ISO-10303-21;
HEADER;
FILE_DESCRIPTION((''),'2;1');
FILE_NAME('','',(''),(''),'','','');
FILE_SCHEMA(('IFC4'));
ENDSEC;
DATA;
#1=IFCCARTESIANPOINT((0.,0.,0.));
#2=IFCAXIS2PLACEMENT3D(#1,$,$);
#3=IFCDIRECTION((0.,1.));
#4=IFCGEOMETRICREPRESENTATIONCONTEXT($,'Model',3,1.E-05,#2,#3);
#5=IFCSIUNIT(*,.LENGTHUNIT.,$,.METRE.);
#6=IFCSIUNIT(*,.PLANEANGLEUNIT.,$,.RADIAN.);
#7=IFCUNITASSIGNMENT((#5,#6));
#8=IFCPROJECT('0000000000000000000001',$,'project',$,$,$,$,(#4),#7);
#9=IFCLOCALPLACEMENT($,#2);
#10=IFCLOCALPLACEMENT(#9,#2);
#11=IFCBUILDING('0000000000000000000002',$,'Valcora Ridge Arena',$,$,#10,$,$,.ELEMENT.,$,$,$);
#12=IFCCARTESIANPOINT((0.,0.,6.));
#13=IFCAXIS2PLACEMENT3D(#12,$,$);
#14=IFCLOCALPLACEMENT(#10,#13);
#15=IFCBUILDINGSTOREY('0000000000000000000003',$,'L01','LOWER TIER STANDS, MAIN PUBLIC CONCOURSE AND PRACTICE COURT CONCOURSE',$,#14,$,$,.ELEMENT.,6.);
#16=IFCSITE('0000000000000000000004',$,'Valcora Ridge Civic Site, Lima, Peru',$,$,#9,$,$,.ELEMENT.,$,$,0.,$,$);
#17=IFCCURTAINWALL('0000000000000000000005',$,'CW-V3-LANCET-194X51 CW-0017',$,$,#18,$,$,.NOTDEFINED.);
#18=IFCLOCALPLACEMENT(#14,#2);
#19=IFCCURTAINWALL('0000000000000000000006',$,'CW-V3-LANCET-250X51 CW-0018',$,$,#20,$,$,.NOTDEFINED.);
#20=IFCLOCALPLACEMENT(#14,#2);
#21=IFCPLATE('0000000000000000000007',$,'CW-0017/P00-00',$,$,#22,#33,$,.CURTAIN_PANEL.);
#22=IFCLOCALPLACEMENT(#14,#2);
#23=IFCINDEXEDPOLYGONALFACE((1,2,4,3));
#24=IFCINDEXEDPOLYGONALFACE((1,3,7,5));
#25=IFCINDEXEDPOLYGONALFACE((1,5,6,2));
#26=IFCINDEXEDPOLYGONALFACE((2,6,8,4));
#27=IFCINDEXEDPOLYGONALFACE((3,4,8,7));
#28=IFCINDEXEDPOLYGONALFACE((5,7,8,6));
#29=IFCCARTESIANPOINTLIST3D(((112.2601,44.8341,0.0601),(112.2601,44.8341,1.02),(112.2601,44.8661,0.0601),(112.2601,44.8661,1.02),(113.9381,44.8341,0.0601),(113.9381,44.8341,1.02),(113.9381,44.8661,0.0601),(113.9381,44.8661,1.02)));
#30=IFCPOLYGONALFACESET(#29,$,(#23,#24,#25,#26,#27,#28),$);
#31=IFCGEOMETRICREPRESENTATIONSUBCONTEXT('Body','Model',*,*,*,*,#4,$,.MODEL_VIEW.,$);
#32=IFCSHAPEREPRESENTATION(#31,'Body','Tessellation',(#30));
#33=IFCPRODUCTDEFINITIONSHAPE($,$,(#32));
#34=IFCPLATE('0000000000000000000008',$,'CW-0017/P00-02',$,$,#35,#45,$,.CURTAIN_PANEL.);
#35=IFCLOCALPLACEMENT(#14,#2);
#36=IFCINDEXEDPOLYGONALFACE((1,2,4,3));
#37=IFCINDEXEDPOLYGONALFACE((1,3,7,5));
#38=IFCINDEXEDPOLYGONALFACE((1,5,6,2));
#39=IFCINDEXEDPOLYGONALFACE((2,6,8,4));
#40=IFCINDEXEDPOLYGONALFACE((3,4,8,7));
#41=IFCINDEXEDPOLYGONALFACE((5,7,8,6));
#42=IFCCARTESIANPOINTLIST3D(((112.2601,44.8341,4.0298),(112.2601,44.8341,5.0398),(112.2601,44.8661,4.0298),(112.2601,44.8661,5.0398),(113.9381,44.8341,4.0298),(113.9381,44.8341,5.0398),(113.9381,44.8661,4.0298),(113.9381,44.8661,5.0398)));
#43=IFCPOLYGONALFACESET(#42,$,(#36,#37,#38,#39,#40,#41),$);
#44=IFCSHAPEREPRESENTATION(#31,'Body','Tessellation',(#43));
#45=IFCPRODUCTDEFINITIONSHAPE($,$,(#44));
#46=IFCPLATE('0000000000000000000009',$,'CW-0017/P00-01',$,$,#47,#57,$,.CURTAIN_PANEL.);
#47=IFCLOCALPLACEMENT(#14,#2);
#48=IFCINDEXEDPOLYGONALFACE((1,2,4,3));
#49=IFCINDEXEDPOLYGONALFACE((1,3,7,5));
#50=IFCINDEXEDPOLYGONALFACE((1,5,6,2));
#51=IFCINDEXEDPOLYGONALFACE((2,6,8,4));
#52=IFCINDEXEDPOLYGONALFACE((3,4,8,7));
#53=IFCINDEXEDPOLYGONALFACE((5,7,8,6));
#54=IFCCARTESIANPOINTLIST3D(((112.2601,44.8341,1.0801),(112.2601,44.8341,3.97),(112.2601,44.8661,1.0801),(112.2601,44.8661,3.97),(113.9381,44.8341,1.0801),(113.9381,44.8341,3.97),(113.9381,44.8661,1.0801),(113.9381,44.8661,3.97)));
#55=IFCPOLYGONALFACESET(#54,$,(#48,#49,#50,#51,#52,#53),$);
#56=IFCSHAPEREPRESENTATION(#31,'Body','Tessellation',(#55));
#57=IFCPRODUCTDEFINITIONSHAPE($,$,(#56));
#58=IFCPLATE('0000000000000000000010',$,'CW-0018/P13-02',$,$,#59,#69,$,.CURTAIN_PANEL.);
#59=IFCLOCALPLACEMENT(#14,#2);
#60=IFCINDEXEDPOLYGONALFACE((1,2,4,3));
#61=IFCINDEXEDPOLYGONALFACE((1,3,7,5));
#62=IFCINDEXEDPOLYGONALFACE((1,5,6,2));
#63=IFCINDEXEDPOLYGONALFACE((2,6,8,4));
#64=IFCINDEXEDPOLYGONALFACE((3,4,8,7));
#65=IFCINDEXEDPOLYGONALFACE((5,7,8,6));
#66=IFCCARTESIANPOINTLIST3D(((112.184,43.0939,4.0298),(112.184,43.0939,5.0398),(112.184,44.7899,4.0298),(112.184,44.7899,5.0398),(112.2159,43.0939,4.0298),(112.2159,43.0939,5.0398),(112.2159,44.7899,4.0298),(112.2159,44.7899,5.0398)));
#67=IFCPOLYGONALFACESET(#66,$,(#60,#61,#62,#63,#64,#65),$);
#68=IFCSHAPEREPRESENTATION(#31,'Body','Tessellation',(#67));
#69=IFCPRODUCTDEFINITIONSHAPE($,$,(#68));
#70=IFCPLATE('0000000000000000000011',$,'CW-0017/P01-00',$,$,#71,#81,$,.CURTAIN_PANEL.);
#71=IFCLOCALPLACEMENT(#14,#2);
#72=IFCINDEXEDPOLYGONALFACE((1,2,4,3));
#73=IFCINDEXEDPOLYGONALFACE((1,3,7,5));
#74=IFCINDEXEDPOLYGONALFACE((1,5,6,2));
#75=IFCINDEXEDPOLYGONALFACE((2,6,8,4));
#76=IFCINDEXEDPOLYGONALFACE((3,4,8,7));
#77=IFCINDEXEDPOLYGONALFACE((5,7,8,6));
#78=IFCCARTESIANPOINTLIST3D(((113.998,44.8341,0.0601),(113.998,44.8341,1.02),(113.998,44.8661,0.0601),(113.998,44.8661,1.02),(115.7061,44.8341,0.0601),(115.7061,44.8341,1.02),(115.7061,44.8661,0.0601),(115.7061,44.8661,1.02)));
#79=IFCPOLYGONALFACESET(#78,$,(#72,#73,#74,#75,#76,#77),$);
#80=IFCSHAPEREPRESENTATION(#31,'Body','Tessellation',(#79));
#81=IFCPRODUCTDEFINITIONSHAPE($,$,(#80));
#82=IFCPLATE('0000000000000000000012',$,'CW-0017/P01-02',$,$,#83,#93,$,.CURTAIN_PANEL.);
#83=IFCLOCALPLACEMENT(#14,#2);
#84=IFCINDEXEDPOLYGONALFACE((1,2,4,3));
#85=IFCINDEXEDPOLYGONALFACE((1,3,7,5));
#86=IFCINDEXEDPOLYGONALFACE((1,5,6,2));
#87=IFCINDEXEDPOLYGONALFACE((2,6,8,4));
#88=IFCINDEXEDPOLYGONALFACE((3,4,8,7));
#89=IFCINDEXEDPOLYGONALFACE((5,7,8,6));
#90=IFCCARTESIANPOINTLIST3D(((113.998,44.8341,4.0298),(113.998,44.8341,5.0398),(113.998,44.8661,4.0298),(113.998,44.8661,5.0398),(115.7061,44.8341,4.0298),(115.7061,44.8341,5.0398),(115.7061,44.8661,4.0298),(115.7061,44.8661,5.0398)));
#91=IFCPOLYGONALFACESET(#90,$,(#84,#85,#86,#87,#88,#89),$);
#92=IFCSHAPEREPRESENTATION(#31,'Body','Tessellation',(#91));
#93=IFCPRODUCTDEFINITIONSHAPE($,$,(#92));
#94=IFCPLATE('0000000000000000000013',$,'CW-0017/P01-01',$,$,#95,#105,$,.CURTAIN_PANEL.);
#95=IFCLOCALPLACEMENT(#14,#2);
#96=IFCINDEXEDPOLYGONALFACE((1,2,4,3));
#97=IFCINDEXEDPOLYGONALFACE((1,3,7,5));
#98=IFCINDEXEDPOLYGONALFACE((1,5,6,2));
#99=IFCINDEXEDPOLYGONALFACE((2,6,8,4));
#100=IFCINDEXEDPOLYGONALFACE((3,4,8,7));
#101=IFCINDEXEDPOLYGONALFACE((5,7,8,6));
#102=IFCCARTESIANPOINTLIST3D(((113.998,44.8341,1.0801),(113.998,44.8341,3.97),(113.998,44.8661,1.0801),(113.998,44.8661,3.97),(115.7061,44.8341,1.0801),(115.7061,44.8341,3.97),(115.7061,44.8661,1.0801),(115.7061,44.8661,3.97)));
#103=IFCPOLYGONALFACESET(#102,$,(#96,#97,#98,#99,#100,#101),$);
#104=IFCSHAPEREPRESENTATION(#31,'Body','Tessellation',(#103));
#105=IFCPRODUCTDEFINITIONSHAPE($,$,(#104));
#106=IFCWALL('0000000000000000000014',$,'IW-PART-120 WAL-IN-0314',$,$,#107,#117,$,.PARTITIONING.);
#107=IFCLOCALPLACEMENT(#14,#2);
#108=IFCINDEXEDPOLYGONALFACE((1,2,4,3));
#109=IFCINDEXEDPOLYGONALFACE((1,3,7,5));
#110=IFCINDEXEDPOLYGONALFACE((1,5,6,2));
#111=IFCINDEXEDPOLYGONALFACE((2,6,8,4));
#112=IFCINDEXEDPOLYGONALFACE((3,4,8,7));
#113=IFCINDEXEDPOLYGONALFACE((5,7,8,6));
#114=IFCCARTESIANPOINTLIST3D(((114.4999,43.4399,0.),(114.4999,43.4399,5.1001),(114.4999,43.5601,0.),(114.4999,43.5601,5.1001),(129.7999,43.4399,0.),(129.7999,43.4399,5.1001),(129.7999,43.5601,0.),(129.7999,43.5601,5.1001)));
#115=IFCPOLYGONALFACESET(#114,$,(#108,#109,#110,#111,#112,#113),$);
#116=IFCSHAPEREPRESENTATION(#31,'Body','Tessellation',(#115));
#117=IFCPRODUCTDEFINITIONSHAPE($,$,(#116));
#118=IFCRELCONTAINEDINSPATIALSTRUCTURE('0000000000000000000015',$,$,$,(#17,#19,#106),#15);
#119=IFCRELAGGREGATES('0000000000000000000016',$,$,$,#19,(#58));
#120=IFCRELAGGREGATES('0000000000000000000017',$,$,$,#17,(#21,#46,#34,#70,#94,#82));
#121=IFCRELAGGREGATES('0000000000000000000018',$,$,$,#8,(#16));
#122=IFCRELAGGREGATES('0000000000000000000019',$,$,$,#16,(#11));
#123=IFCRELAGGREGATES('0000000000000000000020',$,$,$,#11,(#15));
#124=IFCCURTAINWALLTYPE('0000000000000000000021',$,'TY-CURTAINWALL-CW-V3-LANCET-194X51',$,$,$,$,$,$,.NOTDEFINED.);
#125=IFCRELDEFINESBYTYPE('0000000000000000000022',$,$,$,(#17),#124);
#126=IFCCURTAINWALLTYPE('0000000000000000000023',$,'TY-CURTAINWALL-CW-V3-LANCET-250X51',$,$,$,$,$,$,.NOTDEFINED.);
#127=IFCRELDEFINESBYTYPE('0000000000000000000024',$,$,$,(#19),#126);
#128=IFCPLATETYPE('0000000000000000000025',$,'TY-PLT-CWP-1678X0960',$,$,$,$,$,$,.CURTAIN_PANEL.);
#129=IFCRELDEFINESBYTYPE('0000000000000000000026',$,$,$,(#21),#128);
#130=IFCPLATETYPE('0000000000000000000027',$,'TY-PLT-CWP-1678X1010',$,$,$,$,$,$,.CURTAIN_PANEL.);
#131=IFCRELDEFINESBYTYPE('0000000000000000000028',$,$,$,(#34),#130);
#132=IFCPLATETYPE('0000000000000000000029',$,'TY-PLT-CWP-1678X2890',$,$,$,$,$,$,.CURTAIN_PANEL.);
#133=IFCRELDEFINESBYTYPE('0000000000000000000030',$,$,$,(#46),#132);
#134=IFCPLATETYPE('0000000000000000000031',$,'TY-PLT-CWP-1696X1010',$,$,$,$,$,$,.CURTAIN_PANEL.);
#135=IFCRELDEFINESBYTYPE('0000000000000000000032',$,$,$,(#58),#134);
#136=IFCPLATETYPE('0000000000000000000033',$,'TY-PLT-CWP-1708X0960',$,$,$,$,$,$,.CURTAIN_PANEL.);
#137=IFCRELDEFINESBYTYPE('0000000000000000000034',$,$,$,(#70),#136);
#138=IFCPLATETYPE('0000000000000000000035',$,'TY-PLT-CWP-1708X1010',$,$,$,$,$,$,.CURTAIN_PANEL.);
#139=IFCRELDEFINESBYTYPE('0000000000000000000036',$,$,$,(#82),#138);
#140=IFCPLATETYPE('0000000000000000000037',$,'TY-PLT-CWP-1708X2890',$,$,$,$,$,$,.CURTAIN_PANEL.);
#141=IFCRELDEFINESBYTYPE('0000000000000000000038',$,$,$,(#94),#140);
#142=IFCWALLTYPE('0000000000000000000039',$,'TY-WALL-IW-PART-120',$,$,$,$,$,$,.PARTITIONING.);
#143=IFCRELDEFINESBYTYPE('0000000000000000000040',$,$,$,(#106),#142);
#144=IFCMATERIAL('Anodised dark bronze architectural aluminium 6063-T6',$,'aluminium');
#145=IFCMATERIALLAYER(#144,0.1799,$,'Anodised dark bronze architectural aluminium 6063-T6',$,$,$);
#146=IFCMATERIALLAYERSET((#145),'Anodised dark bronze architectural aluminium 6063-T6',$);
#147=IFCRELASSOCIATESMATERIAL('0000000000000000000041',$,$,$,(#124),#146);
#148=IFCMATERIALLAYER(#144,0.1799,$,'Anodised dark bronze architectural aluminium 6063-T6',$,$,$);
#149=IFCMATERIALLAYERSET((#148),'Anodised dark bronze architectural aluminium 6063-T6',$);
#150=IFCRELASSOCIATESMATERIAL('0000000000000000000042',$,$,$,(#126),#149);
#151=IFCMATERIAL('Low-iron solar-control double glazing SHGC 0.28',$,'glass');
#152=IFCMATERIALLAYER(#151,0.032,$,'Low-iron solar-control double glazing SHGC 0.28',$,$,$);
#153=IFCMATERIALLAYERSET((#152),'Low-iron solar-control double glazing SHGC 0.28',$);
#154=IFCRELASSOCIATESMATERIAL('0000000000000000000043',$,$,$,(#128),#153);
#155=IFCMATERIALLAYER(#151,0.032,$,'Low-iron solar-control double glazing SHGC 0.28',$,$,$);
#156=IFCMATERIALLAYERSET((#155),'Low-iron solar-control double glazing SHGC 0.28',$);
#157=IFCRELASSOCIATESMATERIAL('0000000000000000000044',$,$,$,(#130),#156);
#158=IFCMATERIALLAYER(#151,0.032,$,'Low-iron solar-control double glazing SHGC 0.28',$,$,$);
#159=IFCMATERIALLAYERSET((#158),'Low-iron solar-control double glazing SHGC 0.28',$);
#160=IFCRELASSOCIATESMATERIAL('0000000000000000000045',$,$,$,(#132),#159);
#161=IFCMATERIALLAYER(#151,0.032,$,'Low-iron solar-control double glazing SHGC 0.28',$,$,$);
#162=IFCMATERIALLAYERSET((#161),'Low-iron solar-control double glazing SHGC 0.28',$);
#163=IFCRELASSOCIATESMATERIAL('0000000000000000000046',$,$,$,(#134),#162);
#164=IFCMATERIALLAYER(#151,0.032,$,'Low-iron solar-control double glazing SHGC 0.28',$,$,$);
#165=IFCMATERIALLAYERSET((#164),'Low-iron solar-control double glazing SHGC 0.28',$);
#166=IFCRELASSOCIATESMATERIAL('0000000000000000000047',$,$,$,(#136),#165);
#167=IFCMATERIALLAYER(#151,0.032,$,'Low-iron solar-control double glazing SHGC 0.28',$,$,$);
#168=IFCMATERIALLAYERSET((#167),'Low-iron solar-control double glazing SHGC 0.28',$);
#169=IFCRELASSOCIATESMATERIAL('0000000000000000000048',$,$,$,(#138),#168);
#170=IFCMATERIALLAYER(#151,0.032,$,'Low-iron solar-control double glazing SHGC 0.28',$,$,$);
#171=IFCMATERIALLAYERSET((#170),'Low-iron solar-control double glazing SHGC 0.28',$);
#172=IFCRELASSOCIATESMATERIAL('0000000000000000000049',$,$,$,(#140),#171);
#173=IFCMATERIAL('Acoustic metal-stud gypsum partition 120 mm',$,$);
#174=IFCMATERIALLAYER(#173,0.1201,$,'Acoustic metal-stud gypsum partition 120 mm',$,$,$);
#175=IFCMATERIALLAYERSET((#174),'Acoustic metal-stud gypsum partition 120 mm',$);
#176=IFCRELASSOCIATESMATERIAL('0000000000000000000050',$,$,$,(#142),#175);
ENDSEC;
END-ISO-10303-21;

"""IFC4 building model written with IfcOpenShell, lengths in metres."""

from ifc_helpers import new_model, si_unit, direction, frame, frame_2d, origin, origin_2d, place, context, subcontext, project, spatial, rectangle, extrude, material, layer, layer_set, type_object, element, aggregate, save


model = new_model("IFC4")

# Units and contexts
model_context = context("Model", 3, precision=1e-05, world=origin(), true_north=direction((0.0, 1.0)))
body_context = subcontext(model_context, "Body", "Model", "MODEL_VIEW")
ifc_project = project(units=[si_unit("LENGTHUNIT", "METRE"), si_unit("PLANEANGLEUNIT", "RADIAN")], contexts=[model_context])

# Site, building, storey
site_placement = place(None, origin())
site = spatial("IfcSite", under=ifc_project, at=site_placement, Name="Valcora Ridge Civic Site, Lima, Peru", CompositionType="ELEMENT", RefElevation=0.0)
building_placement = place(site_placement, origin())
building = spatial("IfcBuilding", under=site, at=building_placement, Name="Valcora Ridge Arena", CompositionType="ELEMENT")
storey_placement = place(building_placement, frame((0.0, 0.0, 6.0)))
storey = spatial("IfcBuildingStorey", under=building, at=storey_placement, Name="L01", Description="LOWER TIER STANDS, MAIN PUBLIC CONCOURSE AND PRACTICE COURT CONCOURSE", CompositionType="ELEMENT", Elevation=6.0)

# Curtain wall
ifc_material_1 = material(Name="Anodised dark bronze architectural aluminium 6063-T6", Category="aluminium")
ifc_layer_1 = layer(ifc_material_1, 0.1799, Name="Anodised dark bronze architectural aluminium 6063-T6")
ifc_layer_set_1 = layer_set([ifc_layer_1], Name="Anodised dark bronze architectural aluminium 6063-T6")
curtain_wall_type_1 = type_object("IfcCurtainWallType", Name="TY-CURTAINWALL-CW-V3-LANCET-194X51", PredefinedType="NOTDEFINED", material=ifc_layer_set_1)
curtain_wall_1_placement = place(storey_placement, origin())
curtain_wall_1 = element("IfcCurtainWall", 1, at=curtain_wall_1_placement, inside=storey, type_object=curtain_wall_type_1, Name="CW-V3-LANCET-194X51 CW-0017", PredefinedType="NOTDEFINED")

# Curtain wall
ifc_layer_2 = layer(ifc_material_1, 0.1799, Name="Anodised dark bronze architectural aluminium 6063-T6")
ifc_layer_set_2 = layer_set([ifc_layer_2], Name="Anodised dark bronze architectural aluminium 6063-T6")
curtain_wall_type_2 = type_object("IfcCurtainWallType", Name="TY-CURTAINWALL-CW-V3-LANCET-250X51", PredefinedType="NOTDEFINED", material=ifc_layer_set_2)
curtain_wall_2_placement = place(storey_placement, origin())
curtain_wall_2 = element("IfcCurtainWall", 2, at=curtain_wall_2_placement, inside=storey, type_object=curtain_wall_type_2, Name="CW-V3-LANCET-250X51 CW-0018", PredefinedType="NOTDEFINED")

# Plates
ifc_material_2 = material(Name="Low-iron solar-control double glazing SHGC 0.28", Category="glass")
ifc_layer_3 = layer(ifc_material_2, 0.032, Name="Low-iron solar-control double glazing SHGC 0.28")
ifc_layer_set_3 = layer_set([ifc_layer_3], Name="Low-iron solar-control double glazing SHGC 0.28")
plate_type_1 = type_object("IfcPlateType", Name="TY-PLT-CWP-1678X0960", PredefinedType="CURTAIN_PANEL", material=ifc_layer_set_3)
plate_1_placement = place(storey_placement, frame((113.0991, 44.8501, 0.0601), z_axis=(0.0, 0.0, 1.0), x_axis=(1.0, 0.0, 0.0)))
plate_1 = element("IfcPlate", 3, at=plate_1_placement, type_object=plate_type_1, Name="CW-0017/P00-00", PredefinedType="CURTAIN_PANEL", context=body_context, shape_type="SweptSolid", body=[
    extrude(rectangle(XDim=1.678, YDim=0.032, at=origin_2d()), origin(), (0.0, 0.0, 1.0), 0.96),
])
ifc_layer_4 = layer(ifc_material_2, 0.032, Name="Low-iron solar-control double glazing SHGC 0.28")
ifc_layer_set_4 = layer_set([ifc_layer_4], Name="Low-iron solar-control double glazing SHGC 0.28")
plate_type_2 = type_object("IfcPlateType", Name="TY-PLT-CWP-1678X1010", PredefinedType="CURTAIN_PANEL", material=ifc_layer_set_4)
plate_2_placement = place(storey_placement, frame((113.0991, 44.8501, 4.0298), z_axis=(0.0, 0.0, 1.0), x_axis=(1.0, 0.0, 0.0)))
plate_2 = element("IfcPlate", 4, at=plate_2_placement, type_object=plate_type_2, Name="CW-0017/P00-02", PredefinedType="CURTAIN_PANEL", context=body_context, shape_type="SweptSolid", body=[
    extrude(rectangle(XDim=1.678, YDim=0.032, at=origin_2d()), origin(), (0.0, 0.0, 1.0), 1.01),
])
ifc_layer_5 = layer(ifc_material_2, 0.032, Name="Low-iron solar-control double glazing SHGC 0.28")
ifc_layer_set_5 = layer_set([ifc_layer_5], Name="Low-iron solar-control double glazing SHGC 0.28")
plate_type_3 = type_object("IfcPlateType", Name="TY-PLT-CWP-1678X2890", PredefinedType="CURTAIN_PANEL", material=ifc_layer_set_5)
plate_3_placement = place(storey_placement, frame((113.0991, 44.8501, 1.0801), z_axis=(0.0, 0.0, 1.0), x_axis=(1.0, 0.0, 0.0)))
plate_3 = element("IfcPlate", 5, at=plate_3_placement, type_object=plate_type_3, Name="CW-0017/P00-01", PredefinedType="CURTAIN_PANEL", context=body_context, shape_type="SweptSolid", body=[
    extrude(rectangle(XDim=1.678, YDim=0.032, at=origin_2d()), origin(), (0.0, 0.0, 1.0), 2.8899),
])
ifc_layer_6 = layer(ifc_material_2, 0.032, Name="Low-iron solar-control double glazing SHGC 0.28")
ifc_layer_set_6 = layer_set([ifc_layer_6], Name="Low-iron solar-control double glazing SHGC 0.28")
plate_type_4 = type_object("IfcPlateType", Name="TY-PLT-CWP-1696X1010", PredefinedType="CURTAIN_PANEL", material=ifc_layer_set_6)
plate_4_placement = place(storey_placement, frame((112.2, 43.9419, 4.0298), z_axis=(0.0, 0.0, 1.0), x_axis=(0.0, 1.0, 0.0)))
plate_4 = element("IfcPlate", 6, at=plate_4_placement, type_object=plate_type_4, Name="CW-0018/P13-02", PredefinedType="CURTAIN_PANEL", context=body_context, shape_type="SweptSolid", body=[
    extrude(rectangle(XDim=1.696, YDim=0.032, at=origin_2d()), origin(), (0.0, 0.0, 1.0), 1.01),
])
aggregate(curtain_wall_2, [plate_4])
ifc_layer_7 = layer(ifc_material_2, 0.032, Name="Low-iron solar-control double glazing SHGC 0.28")
ifc_layer_set_7 = layer_set([ifc_layer_7], Name="Low-iron solar-control double glazing SHGC 0.28")
plate_type_5 = type_object("IfcPlateType", Name="TY-PLT-CWP-1708X0960", PredefinedType="CURTAIN_PANEL", material=ifc_layer_set_7)
plate_5_placement = place(storey_placement, frame((114.8521, 44.8501, 0.0601), z_axis=(0.0, 0.0, 1.0), x_axis=(1.0, 0.0, 0.0)))
plate_5 = element("IfcPlate", 7, at=plate_5_placement, type_object=plate_type_5, Name="CW-0017/P01-00", PredefinedType="CURTAIN_PANEL", context=body_context, shape_type="SweptSolid", body=[
    extrude(rectangle(XDim=1.708, YDim=0.032, at=origin_2d()), origin(), (0.0, 0.0, 1.0), 0.96),
])
ifc_layer_8 = layer(ifc_material_2, 0.032, Name="Low-iron solar-control double glazing SHGC 0.28")
ifc_layer_set_8 = layer_set([ifc_layer_8], Name="Low-iron solar-control double glazing SHGC 0.28")
plate_type_6 = type_object("IfcPlateType", Name="TY-PLT-CWP-1708X1010", PredefinedType="CURTAIN_PANEL", material=ifc_layer_set_8)
plate_6_placement = place(storey_placement, frame((114.8521, 44.8501, 4.0298), z_axis=(0.0, 0.0, 1.0), x_axis=(1.0, 0.0, 0.0)))
plate_6 = element("IfcPlate", 8, at=plate_6_placement, type_object=plate_type_6, Name="CW-0017/P01-02", PredefinedType="CURTAIN_PANEL", context=body_context, shape_type="SweptSolid", body=[
    extrude(rectangle(XDim=1.708, YDim=0.032, at=origin_2d()), origin(), (0.0, 0.0, 1.0), 1.01),
])
ifc_layer_9 = layer(ifc_material_2, 0.032, Name="Low-iron solar-control double glazing SHGC 0.28")
ifc_layer_set_9 = layer_set([ifc_layer_9], Name="Low-iron solar-control double glazing SHGC 0.28")
plate_type_7 = type_object("IfcPlateType", Name="TY-PLT-CWP-1708X2890", PredefinedType="CURTAIN_PANEL", material=ifc_layer_set_9)
plate_7_placement = place(storey_placement, frame((114.8521, 44.8501, 1.0801), z_axis=(0.0, 0.0, 1.0), x_axis=(1.0, 0.0, 0.0)))
plate_7 = element("IfcPlate", 9, at=plate_7_placement, type_object=plate_type_7, Name="CW-0017/P01-01", PredefinedType="CURTAIN_PANEL", context=body_context, shape_type="SweptSolid", body=[
    extrude(rectangle(XDim=1.708, YDim=0.032, at=origin_2d()), origin(), (0.0, 0.0, 1.0), 2.8899),
])
aggregate(curtain_wall_1, [plate_1, plate_3, plate_2, plate_5, plate_7, plate_6])

# Wall
ifc_material_3 = material(Name="Acoustic metal-stud gypsum partition 120 mm")
ifc_layer_10 = layer(ifc_material_3, 0.1201, Name="Acoustic metal-stud gypsum partition 120 mm")
ifc_layer_set_10 = layer_set([ifc_layer_10], Name="Acoustic metal-stud gypsum partition 120 mm")
wall_type = type_object("IfcWallType", Name="TY-WALL-IW-PART-120", PredefinedType="PARTITIONING", material=ifc_layer_set_10)
wall_placement = place(storey_placement, frame((114.5, 43.5, 0.0), z_axis=(0.0, 0.0, 1.0), x_axis=(1.0, 0.0, 0.0)))
element("IfcWall", 10, at=wall_placement, inside=storey, type_object=wall_type, Name="IW-PART-120 WAL-IN-0314", PredefinedType="PARTITIONING", context=body_context, shape_type="SweptSolid", body=[
    extrude(rectangle(XDim=15.3, YDim=0.1201, at=frame_2d((7.6499, 0.0))), origin(), (0.0, 0.0, 1.0), 5.1001),
])

save(model, "model.ifc")
